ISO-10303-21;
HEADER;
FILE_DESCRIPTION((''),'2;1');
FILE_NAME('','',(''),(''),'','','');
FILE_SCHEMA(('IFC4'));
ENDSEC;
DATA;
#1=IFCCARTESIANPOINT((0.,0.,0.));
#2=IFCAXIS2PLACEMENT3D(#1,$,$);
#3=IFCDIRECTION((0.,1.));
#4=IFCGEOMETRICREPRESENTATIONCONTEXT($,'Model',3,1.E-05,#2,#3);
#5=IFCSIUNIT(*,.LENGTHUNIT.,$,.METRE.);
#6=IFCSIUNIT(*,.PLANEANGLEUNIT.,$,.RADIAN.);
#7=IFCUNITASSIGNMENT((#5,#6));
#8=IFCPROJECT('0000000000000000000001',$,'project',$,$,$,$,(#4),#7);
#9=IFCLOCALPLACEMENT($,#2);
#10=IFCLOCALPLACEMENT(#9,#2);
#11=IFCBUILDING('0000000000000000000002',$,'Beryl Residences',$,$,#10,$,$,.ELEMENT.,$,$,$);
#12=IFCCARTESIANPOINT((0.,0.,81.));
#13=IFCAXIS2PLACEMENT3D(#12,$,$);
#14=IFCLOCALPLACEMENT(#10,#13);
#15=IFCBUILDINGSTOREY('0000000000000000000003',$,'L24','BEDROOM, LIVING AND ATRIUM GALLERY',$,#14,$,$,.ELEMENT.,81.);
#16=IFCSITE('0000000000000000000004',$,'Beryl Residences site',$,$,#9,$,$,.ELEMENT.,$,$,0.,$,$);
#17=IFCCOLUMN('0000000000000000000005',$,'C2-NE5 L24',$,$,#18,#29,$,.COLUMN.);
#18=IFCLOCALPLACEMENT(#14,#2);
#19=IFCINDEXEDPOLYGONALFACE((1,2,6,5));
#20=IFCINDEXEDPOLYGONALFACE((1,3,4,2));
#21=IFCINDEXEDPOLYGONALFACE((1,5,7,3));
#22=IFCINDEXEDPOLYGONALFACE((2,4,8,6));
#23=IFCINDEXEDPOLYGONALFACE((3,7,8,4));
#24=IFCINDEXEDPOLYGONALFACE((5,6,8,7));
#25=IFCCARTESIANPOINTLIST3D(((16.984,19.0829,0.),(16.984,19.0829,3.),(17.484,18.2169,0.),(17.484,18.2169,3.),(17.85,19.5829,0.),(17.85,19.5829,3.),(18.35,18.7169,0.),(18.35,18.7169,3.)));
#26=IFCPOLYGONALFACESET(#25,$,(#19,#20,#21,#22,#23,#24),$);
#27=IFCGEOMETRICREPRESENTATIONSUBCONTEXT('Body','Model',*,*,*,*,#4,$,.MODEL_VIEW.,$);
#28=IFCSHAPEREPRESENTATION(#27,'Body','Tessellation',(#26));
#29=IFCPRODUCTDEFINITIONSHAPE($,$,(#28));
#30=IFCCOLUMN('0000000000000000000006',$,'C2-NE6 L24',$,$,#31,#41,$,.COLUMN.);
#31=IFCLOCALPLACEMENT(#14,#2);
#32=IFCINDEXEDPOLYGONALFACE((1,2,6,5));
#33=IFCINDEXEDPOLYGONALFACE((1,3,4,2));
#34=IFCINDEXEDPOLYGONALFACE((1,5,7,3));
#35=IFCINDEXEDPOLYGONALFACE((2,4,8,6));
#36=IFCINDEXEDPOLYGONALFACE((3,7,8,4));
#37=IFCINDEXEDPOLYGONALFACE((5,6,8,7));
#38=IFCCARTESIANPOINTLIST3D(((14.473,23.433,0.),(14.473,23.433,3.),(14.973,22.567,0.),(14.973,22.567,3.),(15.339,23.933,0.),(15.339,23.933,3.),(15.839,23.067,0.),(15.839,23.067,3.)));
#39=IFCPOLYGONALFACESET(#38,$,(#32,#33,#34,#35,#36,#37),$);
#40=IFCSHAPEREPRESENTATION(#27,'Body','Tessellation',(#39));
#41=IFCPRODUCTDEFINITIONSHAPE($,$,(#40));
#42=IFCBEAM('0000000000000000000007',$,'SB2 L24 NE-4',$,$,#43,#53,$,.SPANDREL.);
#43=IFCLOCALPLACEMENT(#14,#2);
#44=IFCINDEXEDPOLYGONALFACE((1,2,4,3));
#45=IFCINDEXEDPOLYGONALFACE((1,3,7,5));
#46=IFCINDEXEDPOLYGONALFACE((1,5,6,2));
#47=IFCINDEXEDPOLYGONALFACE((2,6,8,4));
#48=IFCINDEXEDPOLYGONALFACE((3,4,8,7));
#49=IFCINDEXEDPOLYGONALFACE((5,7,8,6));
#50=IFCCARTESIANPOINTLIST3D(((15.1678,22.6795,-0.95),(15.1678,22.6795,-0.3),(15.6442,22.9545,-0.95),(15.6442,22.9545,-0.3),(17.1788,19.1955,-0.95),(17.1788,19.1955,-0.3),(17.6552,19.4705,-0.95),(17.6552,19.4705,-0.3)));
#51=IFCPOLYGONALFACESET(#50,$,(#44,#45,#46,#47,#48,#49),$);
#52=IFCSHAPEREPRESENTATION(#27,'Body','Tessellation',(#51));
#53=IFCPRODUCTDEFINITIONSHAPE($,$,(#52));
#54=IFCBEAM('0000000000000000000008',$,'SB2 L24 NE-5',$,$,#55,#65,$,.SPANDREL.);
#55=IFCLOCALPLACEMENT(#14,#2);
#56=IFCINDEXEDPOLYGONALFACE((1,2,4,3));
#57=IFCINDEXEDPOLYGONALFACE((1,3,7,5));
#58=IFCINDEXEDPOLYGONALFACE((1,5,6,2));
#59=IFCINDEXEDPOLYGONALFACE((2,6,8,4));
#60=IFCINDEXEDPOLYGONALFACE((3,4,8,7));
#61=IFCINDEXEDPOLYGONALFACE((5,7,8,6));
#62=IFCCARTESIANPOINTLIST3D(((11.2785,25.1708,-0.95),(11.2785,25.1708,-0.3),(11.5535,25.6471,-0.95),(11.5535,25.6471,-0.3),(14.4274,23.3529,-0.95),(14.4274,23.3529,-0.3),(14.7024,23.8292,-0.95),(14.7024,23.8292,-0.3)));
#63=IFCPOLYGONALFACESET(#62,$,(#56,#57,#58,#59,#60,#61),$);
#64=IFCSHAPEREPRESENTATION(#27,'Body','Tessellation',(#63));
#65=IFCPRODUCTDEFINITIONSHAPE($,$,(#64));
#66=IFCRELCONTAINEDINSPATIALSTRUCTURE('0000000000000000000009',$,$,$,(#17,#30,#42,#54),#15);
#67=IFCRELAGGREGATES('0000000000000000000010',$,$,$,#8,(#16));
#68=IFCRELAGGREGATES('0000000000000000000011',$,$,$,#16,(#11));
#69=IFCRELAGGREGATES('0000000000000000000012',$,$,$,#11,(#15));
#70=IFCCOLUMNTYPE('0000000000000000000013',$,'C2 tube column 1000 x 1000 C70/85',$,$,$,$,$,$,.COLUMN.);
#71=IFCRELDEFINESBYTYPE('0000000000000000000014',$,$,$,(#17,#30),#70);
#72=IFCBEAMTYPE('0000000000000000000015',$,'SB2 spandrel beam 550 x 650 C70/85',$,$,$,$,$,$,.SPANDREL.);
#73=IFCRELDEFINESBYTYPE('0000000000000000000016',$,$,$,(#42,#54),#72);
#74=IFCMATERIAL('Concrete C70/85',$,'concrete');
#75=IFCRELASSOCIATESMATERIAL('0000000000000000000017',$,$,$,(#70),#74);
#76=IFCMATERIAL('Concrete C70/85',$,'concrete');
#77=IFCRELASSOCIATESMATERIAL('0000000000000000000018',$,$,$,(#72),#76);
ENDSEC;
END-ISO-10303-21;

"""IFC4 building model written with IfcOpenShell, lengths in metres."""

from ifc_helpers import new_model, si_unit, direction, frame, origin, origin_2d, place, context, subcontext, project, spatial, rectangle, extrude, material, material_profile, profile_set, type_object, element, save


model = new_model("IFC4")

# Units and contexts
model_context = context("Model", 3, precision=1e-05, world=origin(), true_north=direction((0.0, 1.0)))
body_context = subcontext(model_context, "Body", "Model", "MODEL_VIEW")
ifc_project = project(units=[si_unit("LENGTHUNIT", "METRE"), si_unit("PLANEANGLEUNIT", "RADIAN")], contexts=[model_context])

# Site, building, storey
site_placement = place(None, origin())
site = spatial("IfcSite", under=ifc_project, at=site_placement, Name="Beryl Residences site", CompositionType="ELEMENT", RefElevation=0.0)
building_placement = place(site_placement, origin())
building = spatial("IfcBuilding", under=site, at=building_placement, Name="Beryl Residences", CompositionType="ELEMENT")
storey_placement = place(building_placement, frame((0.0, 0.0, 81.0)))
storey = spatial("IfcBuildingStorey", under=building, at=storey_placement, Name="L24", Description="BEDROOM, LIVING AND ATRIUM GALLERY", CompositionType="ELEMENT", Elevation=81.0)

# Columns
ifc_material_1 = material(Name="Concrete C70/85", Category="concrete")
ifc_material_profile_1 = material_profile(ifc_material_1, rectangle(XDim=1.0, YDim=1.0, at=origin_2d()))
ifc_profile_set_1 = profile_set([ifc_material_profile_1], Name="Concrete C70/85")
column_type = type_object("IfcColumnType", Name="C2 tube column 1000 x 1000 C70/85", PredefinedType="COLUMN", material=ifc_profile_set_1)
for number, where, z_axis, x_axis, name in (
    (1, (17.667, 18.8999, 0.0), (0.0, 0.0, 1.0), (-0.5, 0.866025, 0.0), "C2-NE5 L24"),
    (2, (15.156, 23.25, 0.0), (0.0, 0.0, 1.0), (-0.5, 0.866025, 0.0), "C2-NE6 L24"),
):
    element("IfcColumn", number, at=place(storey_placement, frame(where, z_axis=z_axis, x_axis=x_axis)), inside=storey, type_object=column_type, Name=name, PredefinedType="COLUMN", context=body_context, shape_type="SweptSolid", body=[
        extrude(rectangle(XDim=1.0, YDim=1.0, at=origin_2d()), origin(), (0.0, 0.0, 1.0), 3.0),
    ])

# Beams
ifc_material_2 = material(Name="Concrete C70/85", Category="concrete")
ifc_material_profile_2 = material_profile(ifc_material_2, rectangle(XDim=0.55, YDim=0.6499, at=origin_2d()))
ifc_profile_set_2 = profile_set([ifc_material_profile_2], Name="Concrete C70/85")
beam_type = type_object("IfcBeamType", Name="SB2 spandrel beam 550 x 650 C70/85", PredefinedType="SPANDREL", material=ifc_profile_set_2)
beam_1_placement = place(storey_placement, frame((17.417, 19.333, -0.625), z_axis=(-0.499919, 0.866072, 0.0), x_axis=(-0.866072, -0.499919, 0.0)))
element("IfcBeam", 3, at=beam_1_placement, inside=storey, type_object=beam_type, Name="SB2 L24 NE-4", PredefinedType="SPANDREL", context=body_context, shape_type="SweptSolid", body=[
    extrude(rectangle(XDim=0.55, YDim=0.6499, at=origin_2d()), origin(), (0.0, 0.0, 1.0), 4.0227),
])
beam_2_placement = place(storey_placement, frame((14.5649, 23.5911, -0.625), z_axis=(-0.866045, 0.499967, 0.0), x_axis=(-0.499967, -0.866045, 0.0)))
element("IfcBeam", 4, at=beam_2_placement, inside=storey, type_object=beam_type, Name="SB2 L24 NE-5", PredefinedType="SPANDREL", context=body_context, shape_type="SweptSolid", body=[
    extrude(rectangle(XDim=0.55, YDim=0.6499, at=origin_2d()), origin(), (0.0, 0.0, 1.0), 3.636),
])

save(model, "model.ifc")
